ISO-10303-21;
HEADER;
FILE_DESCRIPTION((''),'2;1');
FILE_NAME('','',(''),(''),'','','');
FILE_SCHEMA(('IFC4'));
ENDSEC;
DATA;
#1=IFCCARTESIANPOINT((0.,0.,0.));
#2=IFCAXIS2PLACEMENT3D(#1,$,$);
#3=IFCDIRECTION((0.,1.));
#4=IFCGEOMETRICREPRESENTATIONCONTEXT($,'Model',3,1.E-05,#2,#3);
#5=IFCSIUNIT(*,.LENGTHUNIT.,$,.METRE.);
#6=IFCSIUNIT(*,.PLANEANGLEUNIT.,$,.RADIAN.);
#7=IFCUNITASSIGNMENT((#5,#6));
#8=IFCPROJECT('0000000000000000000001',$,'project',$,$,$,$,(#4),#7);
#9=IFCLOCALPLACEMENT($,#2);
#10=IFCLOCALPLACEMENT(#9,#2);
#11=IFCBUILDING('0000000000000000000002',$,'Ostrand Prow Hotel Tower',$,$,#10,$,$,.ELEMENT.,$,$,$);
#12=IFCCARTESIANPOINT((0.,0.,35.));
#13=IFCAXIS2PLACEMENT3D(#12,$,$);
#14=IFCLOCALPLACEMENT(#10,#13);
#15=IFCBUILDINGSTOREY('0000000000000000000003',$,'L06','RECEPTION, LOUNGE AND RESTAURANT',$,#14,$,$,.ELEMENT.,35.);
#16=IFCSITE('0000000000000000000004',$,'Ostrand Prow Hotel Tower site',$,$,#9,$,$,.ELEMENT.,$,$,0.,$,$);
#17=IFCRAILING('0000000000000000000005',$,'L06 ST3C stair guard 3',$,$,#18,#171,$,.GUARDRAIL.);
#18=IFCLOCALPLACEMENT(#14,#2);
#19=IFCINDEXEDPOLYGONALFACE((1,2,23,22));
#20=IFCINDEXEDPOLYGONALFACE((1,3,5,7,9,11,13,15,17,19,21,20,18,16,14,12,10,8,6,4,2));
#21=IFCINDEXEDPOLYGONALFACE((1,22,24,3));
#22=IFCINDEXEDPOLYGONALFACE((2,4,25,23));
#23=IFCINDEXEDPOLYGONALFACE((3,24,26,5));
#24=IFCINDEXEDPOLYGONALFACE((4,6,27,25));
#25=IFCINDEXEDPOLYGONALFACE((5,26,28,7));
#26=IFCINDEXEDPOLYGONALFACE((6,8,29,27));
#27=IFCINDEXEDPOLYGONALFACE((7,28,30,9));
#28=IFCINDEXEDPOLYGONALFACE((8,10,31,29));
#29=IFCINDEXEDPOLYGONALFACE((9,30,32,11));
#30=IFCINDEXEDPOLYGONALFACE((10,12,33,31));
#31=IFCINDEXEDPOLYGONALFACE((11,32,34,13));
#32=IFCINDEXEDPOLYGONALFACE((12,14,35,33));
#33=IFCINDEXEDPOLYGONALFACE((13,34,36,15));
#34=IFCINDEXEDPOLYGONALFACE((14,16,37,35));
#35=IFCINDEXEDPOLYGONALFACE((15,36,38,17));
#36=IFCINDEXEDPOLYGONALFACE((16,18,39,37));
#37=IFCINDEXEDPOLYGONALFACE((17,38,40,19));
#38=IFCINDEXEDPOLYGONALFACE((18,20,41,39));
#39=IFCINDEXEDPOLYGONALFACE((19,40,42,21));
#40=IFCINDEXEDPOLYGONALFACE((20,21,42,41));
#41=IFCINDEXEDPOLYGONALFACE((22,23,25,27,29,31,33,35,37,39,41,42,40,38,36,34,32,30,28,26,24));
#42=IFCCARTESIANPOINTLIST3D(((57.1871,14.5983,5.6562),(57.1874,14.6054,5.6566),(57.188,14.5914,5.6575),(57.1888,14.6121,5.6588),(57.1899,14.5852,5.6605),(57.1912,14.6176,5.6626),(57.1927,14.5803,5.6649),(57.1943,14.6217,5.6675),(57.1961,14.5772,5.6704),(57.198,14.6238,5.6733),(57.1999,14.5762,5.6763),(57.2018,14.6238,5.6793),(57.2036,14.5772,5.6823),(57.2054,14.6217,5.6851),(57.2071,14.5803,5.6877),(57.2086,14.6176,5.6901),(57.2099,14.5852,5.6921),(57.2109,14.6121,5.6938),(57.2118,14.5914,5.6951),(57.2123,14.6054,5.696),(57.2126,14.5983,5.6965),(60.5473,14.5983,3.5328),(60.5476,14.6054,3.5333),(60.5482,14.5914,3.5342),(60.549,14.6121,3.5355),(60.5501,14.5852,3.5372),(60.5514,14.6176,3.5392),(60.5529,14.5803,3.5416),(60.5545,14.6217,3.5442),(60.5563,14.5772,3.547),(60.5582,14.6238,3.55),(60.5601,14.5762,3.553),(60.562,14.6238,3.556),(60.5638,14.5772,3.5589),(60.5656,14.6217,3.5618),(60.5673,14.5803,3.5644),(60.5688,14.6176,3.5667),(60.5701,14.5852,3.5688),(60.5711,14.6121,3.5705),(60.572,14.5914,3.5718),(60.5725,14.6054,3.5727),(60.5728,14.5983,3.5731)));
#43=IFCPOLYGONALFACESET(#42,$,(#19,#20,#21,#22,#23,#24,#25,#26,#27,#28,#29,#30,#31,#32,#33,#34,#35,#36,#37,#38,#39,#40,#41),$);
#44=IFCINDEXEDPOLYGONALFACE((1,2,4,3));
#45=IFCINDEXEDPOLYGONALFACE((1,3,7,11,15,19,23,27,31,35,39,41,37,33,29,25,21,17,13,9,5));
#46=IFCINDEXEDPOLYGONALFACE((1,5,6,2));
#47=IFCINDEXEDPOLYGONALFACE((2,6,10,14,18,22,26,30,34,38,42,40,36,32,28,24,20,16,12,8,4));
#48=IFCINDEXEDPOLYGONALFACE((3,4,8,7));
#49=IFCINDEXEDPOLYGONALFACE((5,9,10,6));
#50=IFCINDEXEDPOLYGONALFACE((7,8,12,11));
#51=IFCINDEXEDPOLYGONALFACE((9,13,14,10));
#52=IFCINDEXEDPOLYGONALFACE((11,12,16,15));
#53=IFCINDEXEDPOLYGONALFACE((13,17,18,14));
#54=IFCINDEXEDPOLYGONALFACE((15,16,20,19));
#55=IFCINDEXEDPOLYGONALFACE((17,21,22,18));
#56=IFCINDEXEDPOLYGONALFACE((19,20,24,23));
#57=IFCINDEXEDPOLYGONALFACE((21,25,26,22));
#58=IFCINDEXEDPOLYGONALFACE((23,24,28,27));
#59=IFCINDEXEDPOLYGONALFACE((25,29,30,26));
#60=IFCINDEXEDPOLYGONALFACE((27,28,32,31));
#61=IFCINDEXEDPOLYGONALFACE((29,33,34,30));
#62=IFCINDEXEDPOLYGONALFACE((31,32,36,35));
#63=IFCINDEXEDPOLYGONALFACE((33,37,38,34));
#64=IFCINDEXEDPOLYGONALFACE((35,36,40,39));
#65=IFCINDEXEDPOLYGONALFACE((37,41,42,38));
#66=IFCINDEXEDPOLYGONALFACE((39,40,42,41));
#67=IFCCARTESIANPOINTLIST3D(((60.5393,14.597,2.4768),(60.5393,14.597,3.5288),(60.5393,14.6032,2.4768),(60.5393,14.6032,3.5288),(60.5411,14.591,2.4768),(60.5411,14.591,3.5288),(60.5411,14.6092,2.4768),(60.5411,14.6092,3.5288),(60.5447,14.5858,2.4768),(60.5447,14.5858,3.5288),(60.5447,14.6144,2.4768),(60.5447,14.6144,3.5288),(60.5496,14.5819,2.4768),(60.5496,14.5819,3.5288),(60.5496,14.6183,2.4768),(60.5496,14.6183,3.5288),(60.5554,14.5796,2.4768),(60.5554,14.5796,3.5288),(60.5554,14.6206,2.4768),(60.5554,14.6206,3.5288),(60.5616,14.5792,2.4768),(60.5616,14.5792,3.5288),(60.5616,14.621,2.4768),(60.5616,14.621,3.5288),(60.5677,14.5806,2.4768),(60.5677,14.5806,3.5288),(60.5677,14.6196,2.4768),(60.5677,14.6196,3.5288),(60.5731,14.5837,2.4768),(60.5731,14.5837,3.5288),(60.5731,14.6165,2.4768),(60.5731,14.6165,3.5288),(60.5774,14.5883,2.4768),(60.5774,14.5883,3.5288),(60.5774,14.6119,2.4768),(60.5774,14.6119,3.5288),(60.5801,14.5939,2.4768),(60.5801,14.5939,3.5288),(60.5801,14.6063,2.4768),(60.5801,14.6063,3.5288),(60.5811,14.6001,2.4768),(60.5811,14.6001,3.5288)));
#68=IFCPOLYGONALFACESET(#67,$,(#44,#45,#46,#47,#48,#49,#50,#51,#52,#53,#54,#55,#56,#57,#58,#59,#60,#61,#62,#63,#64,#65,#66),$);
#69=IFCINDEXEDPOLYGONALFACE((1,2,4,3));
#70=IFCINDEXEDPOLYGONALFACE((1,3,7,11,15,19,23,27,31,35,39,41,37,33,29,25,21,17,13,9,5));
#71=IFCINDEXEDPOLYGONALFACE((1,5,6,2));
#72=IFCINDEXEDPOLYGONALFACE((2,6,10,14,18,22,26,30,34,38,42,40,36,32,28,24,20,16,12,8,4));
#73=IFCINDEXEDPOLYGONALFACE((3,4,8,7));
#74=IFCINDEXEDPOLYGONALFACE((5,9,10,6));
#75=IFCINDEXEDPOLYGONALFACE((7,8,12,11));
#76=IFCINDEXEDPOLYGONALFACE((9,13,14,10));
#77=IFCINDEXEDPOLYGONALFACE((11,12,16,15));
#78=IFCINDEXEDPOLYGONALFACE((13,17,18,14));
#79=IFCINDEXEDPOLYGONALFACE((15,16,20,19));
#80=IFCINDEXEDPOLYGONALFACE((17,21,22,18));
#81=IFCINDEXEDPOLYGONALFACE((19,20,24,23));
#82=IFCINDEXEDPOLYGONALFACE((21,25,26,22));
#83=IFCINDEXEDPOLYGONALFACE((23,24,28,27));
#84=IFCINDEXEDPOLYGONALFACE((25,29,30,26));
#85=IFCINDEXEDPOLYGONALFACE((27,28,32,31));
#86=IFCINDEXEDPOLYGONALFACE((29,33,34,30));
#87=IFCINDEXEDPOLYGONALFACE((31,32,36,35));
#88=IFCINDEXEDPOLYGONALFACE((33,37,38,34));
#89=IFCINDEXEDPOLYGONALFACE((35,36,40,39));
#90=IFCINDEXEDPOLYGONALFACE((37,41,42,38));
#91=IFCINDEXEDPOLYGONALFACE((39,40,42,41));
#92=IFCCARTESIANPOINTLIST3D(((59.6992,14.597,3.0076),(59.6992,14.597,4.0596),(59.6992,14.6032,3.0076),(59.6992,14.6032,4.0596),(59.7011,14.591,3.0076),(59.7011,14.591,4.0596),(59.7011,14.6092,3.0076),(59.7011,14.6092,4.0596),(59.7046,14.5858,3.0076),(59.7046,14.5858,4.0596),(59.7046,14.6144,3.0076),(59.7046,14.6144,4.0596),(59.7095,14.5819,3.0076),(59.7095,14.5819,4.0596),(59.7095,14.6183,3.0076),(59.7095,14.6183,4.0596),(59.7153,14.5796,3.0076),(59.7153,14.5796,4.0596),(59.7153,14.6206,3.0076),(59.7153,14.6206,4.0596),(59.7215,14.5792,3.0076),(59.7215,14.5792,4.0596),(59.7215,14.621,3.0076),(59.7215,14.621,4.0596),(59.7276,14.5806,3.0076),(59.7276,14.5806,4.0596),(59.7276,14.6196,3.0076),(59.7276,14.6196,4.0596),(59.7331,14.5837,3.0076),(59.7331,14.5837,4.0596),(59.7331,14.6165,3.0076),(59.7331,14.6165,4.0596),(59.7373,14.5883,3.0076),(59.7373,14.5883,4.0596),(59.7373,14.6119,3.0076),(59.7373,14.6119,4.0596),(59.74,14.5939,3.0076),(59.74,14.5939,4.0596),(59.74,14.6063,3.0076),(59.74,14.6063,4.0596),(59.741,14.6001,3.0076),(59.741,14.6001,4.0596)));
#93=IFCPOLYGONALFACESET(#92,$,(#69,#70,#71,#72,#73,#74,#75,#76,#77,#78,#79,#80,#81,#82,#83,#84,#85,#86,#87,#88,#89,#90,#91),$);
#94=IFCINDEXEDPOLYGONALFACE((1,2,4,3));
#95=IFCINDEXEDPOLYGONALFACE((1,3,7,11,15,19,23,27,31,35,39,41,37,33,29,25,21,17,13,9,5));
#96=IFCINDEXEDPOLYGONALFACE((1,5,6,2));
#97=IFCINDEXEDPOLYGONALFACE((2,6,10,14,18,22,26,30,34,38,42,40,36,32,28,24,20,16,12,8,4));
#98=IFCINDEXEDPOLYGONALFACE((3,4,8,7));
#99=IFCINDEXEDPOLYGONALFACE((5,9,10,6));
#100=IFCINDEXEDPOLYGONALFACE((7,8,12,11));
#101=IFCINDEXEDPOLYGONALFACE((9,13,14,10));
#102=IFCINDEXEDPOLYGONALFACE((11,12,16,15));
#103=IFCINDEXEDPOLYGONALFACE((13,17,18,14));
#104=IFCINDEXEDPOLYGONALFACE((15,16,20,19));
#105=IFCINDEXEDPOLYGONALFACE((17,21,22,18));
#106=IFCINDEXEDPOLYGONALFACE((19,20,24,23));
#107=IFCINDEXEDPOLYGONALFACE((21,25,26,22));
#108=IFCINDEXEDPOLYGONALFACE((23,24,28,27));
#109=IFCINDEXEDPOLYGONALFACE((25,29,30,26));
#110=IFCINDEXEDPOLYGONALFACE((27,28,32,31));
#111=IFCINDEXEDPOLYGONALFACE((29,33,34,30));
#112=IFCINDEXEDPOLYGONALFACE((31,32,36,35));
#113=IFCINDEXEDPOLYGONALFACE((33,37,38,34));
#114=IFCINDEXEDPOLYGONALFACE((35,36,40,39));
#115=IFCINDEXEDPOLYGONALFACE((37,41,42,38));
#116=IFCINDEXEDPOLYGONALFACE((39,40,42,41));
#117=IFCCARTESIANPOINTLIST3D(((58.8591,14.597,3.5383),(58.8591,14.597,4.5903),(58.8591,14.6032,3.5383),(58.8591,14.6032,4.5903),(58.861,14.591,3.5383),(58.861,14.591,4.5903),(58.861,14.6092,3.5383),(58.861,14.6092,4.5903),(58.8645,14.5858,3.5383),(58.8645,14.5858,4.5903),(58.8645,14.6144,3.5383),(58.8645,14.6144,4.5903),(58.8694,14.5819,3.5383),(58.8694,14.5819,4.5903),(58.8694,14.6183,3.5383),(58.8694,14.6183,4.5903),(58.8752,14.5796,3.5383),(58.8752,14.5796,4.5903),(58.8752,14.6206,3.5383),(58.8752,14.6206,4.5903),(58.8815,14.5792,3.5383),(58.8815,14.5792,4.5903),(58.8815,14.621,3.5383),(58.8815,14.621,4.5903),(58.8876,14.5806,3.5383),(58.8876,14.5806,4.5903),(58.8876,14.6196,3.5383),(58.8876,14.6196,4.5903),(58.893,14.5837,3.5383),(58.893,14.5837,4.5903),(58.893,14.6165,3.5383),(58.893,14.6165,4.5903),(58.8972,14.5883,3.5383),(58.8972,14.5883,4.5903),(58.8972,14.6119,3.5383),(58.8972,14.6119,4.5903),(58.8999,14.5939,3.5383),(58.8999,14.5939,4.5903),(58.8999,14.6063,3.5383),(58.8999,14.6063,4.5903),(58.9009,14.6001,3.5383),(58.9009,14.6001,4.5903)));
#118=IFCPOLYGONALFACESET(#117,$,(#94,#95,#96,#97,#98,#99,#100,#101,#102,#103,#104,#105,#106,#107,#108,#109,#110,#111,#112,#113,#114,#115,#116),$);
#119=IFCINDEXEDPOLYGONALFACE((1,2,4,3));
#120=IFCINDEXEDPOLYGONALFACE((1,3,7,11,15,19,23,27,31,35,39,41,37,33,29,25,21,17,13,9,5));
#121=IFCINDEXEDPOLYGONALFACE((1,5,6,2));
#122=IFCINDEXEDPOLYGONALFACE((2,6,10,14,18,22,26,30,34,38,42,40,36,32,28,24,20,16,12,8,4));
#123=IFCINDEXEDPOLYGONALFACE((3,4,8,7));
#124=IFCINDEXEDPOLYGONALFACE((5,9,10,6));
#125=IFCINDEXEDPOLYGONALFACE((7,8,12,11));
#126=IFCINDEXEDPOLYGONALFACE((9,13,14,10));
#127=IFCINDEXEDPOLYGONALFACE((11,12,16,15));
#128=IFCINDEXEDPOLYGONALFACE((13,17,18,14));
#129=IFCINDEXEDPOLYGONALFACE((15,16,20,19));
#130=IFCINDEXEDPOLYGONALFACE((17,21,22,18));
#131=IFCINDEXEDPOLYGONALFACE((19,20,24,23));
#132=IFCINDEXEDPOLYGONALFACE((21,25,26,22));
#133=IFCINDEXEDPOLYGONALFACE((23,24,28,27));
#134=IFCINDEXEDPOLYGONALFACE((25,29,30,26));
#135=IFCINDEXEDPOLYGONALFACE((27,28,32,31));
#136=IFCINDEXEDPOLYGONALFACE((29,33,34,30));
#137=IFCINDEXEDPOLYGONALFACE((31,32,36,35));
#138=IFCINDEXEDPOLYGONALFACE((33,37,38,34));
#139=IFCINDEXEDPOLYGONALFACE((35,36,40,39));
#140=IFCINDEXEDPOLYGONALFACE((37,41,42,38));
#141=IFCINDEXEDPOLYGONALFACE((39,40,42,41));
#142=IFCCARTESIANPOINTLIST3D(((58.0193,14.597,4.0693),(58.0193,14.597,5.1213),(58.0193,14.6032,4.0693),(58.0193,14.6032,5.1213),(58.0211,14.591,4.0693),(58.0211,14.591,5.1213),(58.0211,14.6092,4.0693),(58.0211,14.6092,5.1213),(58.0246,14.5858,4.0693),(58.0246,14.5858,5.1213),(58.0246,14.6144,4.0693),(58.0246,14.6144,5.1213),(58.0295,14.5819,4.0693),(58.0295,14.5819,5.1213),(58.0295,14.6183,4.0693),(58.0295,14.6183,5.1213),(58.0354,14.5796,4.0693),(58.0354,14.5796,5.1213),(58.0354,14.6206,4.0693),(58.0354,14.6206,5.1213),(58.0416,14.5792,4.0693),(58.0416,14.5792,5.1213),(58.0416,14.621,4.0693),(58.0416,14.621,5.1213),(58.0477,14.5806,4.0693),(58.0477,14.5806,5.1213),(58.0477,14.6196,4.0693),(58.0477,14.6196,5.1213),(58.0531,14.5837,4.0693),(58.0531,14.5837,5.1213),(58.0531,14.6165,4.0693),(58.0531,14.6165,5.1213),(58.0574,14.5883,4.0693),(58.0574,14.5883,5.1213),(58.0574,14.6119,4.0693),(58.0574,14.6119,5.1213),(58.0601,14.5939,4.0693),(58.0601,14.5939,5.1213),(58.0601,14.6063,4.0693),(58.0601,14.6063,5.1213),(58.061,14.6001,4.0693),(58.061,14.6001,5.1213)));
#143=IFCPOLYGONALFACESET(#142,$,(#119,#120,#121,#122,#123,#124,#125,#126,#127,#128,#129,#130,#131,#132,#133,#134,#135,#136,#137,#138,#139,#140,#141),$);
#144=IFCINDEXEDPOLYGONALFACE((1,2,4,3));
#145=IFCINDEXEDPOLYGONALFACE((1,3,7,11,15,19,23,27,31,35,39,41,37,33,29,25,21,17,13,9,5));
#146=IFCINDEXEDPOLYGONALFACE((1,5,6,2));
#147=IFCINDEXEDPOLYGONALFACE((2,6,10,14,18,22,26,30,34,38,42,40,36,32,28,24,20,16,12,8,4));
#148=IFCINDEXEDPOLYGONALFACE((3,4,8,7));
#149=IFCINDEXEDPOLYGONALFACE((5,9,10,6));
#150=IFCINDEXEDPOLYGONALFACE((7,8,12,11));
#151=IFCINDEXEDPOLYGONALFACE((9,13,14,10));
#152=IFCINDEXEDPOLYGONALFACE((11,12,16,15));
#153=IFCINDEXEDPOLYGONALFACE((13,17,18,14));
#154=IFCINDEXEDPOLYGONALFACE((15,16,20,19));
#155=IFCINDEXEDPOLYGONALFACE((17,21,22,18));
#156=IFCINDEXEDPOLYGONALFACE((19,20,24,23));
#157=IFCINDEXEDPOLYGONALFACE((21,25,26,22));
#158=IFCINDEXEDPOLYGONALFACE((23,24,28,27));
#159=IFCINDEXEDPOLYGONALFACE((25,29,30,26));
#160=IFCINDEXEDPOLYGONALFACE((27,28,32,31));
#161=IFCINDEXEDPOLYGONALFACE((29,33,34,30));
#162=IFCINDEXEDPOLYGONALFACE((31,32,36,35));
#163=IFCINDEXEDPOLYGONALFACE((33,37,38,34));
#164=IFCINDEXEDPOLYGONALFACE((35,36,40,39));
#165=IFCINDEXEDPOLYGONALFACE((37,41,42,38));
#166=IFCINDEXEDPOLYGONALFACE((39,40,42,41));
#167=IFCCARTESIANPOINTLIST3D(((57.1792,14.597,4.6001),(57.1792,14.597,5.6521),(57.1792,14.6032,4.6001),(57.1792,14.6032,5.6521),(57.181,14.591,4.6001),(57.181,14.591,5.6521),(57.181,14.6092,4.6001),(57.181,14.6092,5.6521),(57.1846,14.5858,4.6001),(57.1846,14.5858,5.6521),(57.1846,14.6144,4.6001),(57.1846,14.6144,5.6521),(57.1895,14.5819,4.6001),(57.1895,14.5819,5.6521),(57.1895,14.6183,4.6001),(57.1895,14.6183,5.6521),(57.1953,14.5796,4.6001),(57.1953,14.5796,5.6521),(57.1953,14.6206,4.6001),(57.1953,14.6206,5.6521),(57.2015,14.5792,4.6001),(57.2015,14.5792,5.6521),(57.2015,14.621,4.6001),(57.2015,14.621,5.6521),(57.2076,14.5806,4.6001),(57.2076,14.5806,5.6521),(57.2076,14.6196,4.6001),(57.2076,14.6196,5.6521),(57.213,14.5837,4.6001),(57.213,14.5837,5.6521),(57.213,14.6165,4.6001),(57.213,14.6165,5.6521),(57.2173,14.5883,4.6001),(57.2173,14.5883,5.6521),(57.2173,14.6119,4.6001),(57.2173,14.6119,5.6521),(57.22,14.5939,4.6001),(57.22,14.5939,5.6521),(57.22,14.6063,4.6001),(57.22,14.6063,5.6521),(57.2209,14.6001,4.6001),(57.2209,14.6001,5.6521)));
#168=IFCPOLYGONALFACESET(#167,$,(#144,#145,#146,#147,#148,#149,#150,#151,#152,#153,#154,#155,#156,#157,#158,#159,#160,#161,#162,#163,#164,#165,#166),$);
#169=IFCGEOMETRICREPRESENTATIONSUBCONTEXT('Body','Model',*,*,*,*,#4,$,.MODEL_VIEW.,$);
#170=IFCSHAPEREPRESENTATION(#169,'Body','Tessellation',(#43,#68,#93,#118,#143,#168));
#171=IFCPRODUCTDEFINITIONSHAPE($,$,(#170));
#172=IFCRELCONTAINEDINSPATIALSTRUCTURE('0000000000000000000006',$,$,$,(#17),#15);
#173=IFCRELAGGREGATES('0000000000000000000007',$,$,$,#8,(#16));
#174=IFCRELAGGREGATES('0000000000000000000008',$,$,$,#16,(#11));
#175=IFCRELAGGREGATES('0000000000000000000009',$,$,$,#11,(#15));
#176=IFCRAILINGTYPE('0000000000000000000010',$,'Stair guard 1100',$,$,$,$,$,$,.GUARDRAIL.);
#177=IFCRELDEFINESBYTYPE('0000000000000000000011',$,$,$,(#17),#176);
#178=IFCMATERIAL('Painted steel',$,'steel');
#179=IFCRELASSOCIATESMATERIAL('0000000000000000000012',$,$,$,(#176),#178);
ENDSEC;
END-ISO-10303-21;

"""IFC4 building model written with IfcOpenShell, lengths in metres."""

from ifc_helpers import new_model, si_unit, direction, frame, origin, origin_2d, place, context, subcontext, project, spatial, circle, extrude, material, type_object, element, save


model = new_model("IFC4")

# Units and contexts
model_context = context("Model", 3, precision=1e-05, world=origin(), true_north=direction((0.0, 1.0)))
body_context = subcontext(model_context, "Body", "Model", "MODEL_VIEW")
ifc_project = project(units=[si_unit("LENGTHUNIT", "METRE"), si_unit("PLANEANGLEUNIT", "RADIAN")], contexts=[model_context])

# Site, building, storey
site_placement = place(None, origin())
site = spatial("IfcSite", under=ifc_project, at=site_placement, Name="Ostrand Prow Hotel Tower site", CompositionType="ELEMENT", RefElevation=0.0)
building_placement = place(site_placement, origin())
building = spatial("IfcBuilding", under=site, at=building_placement, Name="Ostrand Prow Hotel Tower", CompositionType="ELEMENT")
storey_placement = place(building_placement, frame((0.0, 0.0, 35.0)))
storey = spatial("IfcBuildingStorey", under=building, at=storey_placement, Name="L06", Description="RECEPTION, LOUNGE AND RESTAURANT", CompositionType="ELEMENT", Elevation=35.0)

# Railing
ifc_material_1 = material(Name="Painted steel", Category="steel")
railing_type_1 = type_object("IfcRailingType", Name="Stair guard 1100", PredefinedType="GUARDRAIL", material=ifc_material_1)
railing_1_placement = place(storey_placement, frame((60.5601, 14.6001, 2.4768)))
element("IfcRailing", 1, at=railing_1_placement, inside=storey, type_object=railing_type_1, Name="L06 ST3C stair guard 3", PredefinedType="GUARDRAIL", context=body_context, shape_type="SweptSolid", body=[
    extrude(circle(Radius=0.0239, at=origin_2d()), frame((0.0, 0.0, 1.0762), z_axis=(-0.845362, 0.0, 0.534194), x_axis=(0.0, -1.0, 0.0)), (0.0, 0.0, 1.0), 3.9749),
    extrude(circle(Radius=0.021, at=origin_2d()), origin(), (0.0, 0.0, 1.0), 1.052),
    extrude(circle(Radius=0.021, at=origin_2d()), frame((-0.8401, 0.0, 0.5308)), (0.0, 0.0, 1.0), 1.052),
    extrude(circle(Radius=0.021, at=origin_2d()), frame((-1.6802, 0.0, 1.0615)), (0.0, 0.0, 1.0), 1.052),
    extrude(circle(Radius=0.021, at=origin_2d()), frame((-2.52, 0.0, 1.5925)), (0.0, 0.0, 1.0), 1.052),
    extrude(circle(Radius=0.021, at=origin_2d()), frame((-3.3601, 0.0, 2.1233)), (0.0, 0.0, 1.0), 1.052),
])

save(model, "model.ifc")
